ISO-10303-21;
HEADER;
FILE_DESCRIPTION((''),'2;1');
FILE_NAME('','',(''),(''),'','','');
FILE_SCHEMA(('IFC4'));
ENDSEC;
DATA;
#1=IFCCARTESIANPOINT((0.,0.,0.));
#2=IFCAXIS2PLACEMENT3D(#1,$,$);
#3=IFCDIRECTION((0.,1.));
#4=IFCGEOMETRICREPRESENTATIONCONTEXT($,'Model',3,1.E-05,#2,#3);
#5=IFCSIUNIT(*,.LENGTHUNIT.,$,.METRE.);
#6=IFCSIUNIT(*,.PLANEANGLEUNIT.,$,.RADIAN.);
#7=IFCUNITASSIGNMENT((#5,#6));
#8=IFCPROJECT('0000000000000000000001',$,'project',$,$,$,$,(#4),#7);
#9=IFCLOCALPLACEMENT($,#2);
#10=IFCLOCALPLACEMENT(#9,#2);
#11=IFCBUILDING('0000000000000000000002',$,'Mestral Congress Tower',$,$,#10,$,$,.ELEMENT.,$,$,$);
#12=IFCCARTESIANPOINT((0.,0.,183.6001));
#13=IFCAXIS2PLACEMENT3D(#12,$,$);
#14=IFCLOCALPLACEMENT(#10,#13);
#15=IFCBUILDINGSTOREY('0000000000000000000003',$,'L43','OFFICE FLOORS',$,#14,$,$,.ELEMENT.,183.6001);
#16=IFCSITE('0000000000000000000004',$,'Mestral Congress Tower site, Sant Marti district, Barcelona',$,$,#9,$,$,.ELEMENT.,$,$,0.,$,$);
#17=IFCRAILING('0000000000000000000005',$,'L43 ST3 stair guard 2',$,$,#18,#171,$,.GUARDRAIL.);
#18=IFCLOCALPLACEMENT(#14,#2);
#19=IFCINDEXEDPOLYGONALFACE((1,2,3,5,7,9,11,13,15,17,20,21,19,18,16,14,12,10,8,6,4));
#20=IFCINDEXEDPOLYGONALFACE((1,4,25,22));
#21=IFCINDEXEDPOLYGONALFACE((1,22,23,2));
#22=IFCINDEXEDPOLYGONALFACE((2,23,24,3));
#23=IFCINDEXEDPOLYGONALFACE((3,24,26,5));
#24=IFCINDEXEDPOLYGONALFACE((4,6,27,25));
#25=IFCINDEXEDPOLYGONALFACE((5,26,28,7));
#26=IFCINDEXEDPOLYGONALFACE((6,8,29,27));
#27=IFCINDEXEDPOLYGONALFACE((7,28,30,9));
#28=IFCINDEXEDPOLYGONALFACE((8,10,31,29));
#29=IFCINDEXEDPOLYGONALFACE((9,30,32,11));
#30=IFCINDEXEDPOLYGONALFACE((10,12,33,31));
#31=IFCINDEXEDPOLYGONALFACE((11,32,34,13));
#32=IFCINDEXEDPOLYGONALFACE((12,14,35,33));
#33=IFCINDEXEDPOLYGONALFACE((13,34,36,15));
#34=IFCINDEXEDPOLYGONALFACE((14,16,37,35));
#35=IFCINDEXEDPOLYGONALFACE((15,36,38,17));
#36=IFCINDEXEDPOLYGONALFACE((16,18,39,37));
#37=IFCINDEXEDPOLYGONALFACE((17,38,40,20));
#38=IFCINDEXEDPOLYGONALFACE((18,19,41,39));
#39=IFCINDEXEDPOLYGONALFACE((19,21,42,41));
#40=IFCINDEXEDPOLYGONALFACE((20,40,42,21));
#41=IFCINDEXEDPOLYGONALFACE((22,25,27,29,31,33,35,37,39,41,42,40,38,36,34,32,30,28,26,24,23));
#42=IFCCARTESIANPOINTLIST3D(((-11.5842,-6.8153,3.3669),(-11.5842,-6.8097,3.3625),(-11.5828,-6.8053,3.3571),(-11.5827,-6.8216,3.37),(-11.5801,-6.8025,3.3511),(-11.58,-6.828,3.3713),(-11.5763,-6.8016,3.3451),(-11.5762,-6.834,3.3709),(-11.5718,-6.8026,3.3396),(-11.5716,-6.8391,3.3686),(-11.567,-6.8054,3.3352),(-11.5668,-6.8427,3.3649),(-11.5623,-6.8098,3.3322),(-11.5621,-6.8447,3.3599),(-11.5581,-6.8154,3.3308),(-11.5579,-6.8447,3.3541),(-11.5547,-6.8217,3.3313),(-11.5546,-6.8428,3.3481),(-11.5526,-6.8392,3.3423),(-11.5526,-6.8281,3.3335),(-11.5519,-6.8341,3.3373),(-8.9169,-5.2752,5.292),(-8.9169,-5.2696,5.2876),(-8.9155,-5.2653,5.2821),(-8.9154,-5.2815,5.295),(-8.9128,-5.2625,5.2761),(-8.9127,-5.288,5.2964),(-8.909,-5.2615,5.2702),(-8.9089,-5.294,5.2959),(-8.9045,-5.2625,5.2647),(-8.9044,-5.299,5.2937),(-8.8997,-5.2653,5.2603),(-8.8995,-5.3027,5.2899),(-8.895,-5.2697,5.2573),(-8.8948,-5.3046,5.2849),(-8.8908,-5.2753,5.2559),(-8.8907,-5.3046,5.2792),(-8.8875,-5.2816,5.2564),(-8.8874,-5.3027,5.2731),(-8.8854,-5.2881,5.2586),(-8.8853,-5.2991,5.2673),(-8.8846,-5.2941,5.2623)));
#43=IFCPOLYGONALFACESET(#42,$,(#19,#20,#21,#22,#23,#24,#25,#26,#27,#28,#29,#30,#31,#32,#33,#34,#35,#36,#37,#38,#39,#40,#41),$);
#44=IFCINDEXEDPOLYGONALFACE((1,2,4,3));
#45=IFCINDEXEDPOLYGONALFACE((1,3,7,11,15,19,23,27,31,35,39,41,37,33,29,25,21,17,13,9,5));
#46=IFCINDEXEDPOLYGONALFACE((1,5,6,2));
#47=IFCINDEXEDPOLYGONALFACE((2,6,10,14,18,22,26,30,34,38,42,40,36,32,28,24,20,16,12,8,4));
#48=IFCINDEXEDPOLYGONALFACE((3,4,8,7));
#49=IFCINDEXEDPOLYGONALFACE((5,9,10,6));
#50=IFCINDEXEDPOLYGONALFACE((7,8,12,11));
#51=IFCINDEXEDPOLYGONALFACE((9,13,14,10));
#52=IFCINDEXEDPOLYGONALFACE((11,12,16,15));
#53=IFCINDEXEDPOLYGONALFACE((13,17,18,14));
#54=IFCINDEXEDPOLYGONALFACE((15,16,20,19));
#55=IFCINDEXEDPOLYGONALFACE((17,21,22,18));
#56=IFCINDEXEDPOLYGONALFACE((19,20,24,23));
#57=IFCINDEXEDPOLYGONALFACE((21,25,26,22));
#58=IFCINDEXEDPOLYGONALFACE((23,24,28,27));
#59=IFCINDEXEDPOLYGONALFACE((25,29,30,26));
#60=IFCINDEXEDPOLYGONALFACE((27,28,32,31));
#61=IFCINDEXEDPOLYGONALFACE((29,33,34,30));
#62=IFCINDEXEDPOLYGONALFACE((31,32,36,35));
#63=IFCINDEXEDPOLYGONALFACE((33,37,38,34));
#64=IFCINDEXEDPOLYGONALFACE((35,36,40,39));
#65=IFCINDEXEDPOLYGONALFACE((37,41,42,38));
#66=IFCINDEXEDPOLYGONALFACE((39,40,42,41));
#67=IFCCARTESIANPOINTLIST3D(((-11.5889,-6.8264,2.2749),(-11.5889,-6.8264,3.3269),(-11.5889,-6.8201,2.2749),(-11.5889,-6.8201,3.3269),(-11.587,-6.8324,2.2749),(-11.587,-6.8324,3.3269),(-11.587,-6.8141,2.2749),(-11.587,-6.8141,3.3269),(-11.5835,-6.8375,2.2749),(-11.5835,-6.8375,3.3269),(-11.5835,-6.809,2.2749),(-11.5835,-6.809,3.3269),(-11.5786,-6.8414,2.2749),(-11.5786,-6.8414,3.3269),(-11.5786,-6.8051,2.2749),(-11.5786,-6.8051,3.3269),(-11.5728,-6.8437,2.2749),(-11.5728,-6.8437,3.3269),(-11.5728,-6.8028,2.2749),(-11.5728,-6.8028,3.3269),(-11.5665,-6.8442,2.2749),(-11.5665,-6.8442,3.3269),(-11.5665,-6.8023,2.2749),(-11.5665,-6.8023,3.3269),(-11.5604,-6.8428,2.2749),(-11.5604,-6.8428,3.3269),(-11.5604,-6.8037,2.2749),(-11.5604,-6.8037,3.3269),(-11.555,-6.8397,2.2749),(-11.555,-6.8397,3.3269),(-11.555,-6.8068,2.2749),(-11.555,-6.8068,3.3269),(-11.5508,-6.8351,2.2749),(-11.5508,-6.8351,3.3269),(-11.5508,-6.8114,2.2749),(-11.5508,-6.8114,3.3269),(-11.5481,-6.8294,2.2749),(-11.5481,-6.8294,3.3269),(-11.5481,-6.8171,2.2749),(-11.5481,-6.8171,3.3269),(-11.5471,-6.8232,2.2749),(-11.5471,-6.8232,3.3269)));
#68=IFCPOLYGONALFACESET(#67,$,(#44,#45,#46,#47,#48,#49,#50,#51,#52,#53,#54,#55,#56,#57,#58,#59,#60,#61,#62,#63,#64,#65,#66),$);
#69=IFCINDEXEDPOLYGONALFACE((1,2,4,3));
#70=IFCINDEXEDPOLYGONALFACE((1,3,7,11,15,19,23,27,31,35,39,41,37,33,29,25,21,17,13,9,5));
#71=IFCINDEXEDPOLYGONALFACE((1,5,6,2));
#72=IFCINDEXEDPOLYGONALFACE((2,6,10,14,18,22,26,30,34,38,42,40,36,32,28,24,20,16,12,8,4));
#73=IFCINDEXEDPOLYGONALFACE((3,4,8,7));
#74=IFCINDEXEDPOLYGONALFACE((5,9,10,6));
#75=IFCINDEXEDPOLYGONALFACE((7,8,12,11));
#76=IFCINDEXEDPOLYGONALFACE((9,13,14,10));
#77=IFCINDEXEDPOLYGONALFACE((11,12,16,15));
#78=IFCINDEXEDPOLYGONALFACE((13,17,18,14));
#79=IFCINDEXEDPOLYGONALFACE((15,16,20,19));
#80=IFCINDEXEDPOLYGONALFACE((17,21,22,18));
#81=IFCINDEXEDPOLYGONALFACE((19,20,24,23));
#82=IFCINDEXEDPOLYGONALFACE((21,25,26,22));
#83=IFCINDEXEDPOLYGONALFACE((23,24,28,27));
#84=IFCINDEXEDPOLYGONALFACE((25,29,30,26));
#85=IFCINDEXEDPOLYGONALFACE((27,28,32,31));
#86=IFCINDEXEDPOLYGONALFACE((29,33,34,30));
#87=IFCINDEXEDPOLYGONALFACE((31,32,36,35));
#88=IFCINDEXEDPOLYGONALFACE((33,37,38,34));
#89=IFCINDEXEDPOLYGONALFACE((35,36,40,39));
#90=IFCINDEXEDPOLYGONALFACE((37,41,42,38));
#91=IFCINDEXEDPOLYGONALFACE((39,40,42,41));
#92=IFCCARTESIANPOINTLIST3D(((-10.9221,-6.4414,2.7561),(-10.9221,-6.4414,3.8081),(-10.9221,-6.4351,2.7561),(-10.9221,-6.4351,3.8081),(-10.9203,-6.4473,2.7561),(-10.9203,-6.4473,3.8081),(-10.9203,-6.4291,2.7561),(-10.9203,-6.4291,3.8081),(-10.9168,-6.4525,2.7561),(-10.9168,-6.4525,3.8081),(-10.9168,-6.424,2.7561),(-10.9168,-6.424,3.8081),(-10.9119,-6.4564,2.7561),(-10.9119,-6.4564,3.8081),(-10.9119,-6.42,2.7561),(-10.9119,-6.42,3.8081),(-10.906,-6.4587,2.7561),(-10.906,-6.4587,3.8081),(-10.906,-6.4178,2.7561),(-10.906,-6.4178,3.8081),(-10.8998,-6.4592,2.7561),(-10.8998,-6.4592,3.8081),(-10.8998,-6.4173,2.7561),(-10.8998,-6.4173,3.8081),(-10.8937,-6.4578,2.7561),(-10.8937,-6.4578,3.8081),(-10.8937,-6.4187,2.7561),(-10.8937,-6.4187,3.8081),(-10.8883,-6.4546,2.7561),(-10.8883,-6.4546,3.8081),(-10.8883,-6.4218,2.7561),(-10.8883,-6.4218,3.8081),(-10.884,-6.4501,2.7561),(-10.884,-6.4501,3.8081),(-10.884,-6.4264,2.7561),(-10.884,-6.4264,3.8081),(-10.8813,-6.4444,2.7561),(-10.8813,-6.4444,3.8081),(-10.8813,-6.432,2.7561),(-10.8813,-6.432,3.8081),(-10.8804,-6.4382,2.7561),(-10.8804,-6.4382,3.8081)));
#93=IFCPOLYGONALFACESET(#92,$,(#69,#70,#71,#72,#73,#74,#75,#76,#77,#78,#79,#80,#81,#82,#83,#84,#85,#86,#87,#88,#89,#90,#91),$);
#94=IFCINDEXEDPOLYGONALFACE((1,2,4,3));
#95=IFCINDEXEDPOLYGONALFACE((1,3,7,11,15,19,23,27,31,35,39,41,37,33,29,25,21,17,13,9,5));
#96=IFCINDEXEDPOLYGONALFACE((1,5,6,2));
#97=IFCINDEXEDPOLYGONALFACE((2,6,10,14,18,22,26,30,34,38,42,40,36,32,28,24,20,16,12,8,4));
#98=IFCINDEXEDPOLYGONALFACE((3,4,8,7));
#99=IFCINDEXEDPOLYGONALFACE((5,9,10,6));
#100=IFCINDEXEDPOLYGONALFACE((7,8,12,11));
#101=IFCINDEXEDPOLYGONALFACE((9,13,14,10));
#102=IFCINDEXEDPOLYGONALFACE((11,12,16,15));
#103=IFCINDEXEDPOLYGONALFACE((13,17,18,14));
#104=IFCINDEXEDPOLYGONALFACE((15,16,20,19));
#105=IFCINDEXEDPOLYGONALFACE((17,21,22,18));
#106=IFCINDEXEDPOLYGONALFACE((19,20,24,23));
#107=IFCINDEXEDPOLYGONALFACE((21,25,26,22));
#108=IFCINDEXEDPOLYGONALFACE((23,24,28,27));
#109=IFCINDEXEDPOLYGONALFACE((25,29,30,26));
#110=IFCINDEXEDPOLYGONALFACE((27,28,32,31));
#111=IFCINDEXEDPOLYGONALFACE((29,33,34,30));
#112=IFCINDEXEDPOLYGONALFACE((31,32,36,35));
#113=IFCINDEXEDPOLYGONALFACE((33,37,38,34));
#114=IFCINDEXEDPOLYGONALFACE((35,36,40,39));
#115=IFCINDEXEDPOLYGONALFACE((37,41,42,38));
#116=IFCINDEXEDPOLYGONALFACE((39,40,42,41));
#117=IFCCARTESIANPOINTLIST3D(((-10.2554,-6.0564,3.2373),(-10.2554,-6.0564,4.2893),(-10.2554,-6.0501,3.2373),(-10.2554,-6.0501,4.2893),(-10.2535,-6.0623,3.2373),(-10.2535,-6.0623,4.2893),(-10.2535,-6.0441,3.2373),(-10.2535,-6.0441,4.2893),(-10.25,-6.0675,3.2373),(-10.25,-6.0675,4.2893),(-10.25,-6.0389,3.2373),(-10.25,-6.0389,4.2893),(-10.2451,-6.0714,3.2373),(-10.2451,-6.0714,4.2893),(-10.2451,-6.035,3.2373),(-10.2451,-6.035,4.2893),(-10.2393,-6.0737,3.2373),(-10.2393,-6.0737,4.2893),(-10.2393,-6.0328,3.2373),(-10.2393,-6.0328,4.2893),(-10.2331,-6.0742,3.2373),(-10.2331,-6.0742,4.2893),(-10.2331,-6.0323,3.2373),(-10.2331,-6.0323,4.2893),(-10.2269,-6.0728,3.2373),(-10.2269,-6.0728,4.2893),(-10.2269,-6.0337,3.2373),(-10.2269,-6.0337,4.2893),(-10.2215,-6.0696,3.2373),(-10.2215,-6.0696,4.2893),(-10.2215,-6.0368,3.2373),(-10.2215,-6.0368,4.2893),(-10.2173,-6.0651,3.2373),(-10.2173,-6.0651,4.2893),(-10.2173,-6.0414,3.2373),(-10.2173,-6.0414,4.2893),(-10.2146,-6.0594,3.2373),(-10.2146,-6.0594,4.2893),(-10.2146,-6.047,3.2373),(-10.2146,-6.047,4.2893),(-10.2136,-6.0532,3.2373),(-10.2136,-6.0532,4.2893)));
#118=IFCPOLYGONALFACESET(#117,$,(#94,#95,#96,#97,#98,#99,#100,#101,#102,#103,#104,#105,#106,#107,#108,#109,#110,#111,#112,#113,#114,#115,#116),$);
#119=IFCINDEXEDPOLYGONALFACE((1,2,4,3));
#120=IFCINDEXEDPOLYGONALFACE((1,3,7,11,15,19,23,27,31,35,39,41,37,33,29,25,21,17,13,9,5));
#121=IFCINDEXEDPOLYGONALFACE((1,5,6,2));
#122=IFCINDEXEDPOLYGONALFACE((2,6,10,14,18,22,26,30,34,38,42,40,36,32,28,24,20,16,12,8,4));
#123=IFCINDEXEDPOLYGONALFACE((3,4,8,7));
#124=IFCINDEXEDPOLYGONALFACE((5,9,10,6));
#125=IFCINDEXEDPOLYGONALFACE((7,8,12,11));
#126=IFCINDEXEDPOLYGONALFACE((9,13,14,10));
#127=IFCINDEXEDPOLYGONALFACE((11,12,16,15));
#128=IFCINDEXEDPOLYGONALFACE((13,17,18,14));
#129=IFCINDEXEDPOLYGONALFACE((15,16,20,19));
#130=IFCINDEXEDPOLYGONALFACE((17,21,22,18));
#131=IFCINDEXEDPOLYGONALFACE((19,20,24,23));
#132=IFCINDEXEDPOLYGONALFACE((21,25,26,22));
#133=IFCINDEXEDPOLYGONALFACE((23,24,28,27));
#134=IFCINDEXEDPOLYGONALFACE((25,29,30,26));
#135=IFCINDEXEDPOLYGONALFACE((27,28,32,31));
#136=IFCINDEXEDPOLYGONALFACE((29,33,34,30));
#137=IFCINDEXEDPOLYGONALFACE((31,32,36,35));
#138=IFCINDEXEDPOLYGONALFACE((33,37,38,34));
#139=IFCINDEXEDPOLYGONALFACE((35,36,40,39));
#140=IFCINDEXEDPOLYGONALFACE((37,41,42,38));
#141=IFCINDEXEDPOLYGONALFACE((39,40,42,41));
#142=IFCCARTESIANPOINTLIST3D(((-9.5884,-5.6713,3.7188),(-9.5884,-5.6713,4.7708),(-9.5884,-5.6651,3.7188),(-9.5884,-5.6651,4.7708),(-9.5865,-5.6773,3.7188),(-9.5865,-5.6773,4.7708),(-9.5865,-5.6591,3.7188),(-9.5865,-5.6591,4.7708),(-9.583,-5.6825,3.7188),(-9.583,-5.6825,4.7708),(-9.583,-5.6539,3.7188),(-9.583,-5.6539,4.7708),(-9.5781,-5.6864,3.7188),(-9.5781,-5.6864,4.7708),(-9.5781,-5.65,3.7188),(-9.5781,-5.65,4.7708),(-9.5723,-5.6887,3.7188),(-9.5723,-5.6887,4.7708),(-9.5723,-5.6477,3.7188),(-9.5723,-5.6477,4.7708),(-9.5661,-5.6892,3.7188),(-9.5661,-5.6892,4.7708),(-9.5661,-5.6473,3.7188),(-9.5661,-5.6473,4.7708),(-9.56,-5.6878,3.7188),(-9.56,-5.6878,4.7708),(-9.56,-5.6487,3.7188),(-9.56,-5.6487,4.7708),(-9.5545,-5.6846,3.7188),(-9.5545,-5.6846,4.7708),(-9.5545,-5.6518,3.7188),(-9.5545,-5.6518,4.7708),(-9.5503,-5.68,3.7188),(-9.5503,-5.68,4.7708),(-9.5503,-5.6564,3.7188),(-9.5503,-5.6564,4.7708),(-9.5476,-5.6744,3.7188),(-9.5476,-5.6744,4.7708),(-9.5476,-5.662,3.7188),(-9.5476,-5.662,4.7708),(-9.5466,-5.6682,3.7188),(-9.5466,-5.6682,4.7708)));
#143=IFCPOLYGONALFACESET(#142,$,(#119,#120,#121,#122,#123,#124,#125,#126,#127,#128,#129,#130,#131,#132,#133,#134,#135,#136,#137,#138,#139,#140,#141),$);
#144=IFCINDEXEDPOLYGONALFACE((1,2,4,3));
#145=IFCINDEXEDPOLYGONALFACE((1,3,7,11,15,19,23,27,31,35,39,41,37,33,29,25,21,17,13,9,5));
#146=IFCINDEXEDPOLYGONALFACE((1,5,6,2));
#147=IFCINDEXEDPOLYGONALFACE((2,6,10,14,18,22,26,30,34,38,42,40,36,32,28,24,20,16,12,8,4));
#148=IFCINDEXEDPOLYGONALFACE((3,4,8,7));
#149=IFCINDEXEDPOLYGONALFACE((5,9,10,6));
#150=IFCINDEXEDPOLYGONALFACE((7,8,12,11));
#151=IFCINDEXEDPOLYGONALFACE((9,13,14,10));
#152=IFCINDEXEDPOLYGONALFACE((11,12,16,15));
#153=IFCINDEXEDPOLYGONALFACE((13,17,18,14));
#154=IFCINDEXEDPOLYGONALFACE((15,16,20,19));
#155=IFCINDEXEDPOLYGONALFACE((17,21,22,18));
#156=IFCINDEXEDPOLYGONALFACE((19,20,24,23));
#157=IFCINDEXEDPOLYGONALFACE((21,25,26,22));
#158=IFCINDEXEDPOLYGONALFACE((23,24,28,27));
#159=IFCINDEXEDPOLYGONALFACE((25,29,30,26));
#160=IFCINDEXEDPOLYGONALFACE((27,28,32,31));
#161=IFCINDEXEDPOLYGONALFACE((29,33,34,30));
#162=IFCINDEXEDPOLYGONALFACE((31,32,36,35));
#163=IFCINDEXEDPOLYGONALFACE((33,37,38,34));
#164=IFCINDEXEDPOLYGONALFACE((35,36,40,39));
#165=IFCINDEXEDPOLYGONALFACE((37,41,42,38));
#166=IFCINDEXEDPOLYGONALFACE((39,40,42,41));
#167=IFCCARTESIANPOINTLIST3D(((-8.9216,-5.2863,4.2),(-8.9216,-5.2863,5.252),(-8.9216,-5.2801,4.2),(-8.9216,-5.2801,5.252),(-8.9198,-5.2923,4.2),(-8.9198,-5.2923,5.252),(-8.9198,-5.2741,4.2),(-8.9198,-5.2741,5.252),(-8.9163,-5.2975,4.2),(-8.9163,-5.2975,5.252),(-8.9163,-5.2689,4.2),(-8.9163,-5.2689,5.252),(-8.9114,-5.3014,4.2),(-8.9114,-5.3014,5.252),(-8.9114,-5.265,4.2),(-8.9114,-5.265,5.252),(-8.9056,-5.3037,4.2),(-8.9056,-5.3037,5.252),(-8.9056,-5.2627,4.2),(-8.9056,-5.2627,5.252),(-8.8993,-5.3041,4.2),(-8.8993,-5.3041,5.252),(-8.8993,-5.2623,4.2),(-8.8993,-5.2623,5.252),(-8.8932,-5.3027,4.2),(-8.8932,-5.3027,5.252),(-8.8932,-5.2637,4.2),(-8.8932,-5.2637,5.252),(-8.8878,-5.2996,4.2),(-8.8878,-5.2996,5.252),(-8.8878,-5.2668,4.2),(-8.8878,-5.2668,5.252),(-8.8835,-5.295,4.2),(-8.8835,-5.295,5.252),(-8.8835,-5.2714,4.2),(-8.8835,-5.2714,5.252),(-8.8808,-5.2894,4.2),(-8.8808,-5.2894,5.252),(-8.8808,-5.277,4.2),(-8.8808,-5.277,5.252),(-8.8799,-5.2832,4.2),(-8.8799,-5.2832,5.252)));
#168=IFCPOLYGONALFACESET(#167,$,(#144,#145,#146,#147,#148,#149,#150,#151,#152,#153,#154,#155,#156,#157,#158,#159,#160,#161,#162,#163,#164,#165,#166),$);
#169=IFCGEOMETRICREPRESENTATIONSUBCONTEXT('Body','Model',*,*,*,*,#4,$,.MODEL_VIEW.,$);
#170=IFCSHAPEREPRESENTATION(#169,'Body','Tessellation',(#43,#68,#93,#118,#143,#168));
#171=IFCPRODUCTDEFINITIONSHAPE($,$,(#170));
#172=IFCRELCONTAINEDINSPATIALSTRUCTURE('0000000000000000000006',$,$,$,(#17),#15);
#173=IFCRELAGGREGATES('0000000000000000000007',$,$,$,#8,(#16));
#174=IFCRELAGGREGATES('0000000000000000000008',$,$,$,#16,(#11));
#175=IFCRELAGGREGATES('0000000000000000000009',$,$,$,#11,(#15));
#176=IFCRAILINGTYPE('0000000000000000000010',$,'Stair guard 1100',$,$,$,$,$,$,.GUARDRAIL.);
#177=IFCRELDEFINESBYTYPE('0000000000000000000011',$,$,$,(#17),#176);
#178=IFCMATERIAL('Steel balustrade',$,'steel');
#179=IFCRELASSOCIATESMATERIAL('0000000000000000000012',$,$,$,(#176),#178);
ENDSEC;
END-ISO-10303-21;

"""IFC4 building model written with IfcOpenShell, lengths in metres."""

from ifc_helpers import new_model, si_unit, direction, frame, origin, origin_2d, place, context, subcontext, project, spatial, circle, extrude, material, type_object, element, save


model = new_model("IFC4")

# Units and contexts
model_context = context("Model", 3, precision=1e-05, world=origin(), true_north=direction((0.0, 1.0)))
body_context = subcontext(model_context, "Body", "Model", "MODEL_VIEW")
ifc_project = project(units=[si_unit("LENGTHUNIT", "METRE"), si_unit("PLANEANGLEUNIT", "RADIAN")], contexts=[model_context])

# Site, building, storey
site_placement = place(None, origin())
site = spatial("IfcSite", under=ifc_project, at=site_placement, Name="Mestral Congress Tower site, Sant Marti district, Barcelona", CompositionType="ELEMENT", RefElevation=0.0)
building_placement = place(site_placement, origin())
building = spatial("IfcBuilding", under=site, at=building_placement, Name="Mestral Congress Tower", CompositionType="ELEMENT")
storey_placement = place(building_placement, frame((0.0, 0.0, 183.6001)))
storey = spatial("IfcBuildingStorey", under=building, at=storey_placement, Name="L43", Description="OFFICE FLOORS", CompositionType="ELEMENT", Elevation=183.6001)

# Railing
ifc_material_1 = material(Name="Steel balustrade", Category="steel")
railing_type_1 = type_object("IfcRailingType", Name="Stair guard 1100", PredefinedType="GUARDRAIL", material=ifc_material_1)
railing_1_placement = place(storey_placement, frame((-11.5681, -6.8232, 2.2749)))
element("IfcRailing", 1, at=railing_1_placement, inside=storey, type_object=railing_type_1, Name="L43 ST3 stair guard 2", PredefinedType="GUARDRAIL", context=body_context, shape_type="SweptSolid", body=[
    extrude(circle(Radius=0.0239, at=origin_2d()), frame((0.0, 0.0, 1.0762), z_axis=(0.734364, 0.424015, 0.530019), x_axis=(-0.500027, 0.86601, 0.0)), (0.0, 0.0, 1.0), 3.6321),
    extrude(circle(Radius=0.021, at=origin_2d()), origin(), (0.0, 0.0, 1.0), 1.052),
    extrude(circle(Radius=0.021, at=origin_2d()), frame((0.6667, 0.385, 0.4812)), (0.0, 0.0, 1.0), 1.052),
    extrude(circle(Radius=0.021, at=origin_2d()), frame((1.3335, 0.77, 0.9624)), (0.0, 0.0, 1.0), 1.052),
    extrude(circle(Radius=0.021, at=origin_2d()), frame((2.0005, 1.155, 1.4438)), (0.0, 0.0, 1.0), 1.052),
    extrude(circle(Radius=0.021, at=origin_2d()), frame((2.6672, 1.54, 1.925)), (0.0, 0.0, 1.0), 1.052),
])

save(model, "model.ifc")
